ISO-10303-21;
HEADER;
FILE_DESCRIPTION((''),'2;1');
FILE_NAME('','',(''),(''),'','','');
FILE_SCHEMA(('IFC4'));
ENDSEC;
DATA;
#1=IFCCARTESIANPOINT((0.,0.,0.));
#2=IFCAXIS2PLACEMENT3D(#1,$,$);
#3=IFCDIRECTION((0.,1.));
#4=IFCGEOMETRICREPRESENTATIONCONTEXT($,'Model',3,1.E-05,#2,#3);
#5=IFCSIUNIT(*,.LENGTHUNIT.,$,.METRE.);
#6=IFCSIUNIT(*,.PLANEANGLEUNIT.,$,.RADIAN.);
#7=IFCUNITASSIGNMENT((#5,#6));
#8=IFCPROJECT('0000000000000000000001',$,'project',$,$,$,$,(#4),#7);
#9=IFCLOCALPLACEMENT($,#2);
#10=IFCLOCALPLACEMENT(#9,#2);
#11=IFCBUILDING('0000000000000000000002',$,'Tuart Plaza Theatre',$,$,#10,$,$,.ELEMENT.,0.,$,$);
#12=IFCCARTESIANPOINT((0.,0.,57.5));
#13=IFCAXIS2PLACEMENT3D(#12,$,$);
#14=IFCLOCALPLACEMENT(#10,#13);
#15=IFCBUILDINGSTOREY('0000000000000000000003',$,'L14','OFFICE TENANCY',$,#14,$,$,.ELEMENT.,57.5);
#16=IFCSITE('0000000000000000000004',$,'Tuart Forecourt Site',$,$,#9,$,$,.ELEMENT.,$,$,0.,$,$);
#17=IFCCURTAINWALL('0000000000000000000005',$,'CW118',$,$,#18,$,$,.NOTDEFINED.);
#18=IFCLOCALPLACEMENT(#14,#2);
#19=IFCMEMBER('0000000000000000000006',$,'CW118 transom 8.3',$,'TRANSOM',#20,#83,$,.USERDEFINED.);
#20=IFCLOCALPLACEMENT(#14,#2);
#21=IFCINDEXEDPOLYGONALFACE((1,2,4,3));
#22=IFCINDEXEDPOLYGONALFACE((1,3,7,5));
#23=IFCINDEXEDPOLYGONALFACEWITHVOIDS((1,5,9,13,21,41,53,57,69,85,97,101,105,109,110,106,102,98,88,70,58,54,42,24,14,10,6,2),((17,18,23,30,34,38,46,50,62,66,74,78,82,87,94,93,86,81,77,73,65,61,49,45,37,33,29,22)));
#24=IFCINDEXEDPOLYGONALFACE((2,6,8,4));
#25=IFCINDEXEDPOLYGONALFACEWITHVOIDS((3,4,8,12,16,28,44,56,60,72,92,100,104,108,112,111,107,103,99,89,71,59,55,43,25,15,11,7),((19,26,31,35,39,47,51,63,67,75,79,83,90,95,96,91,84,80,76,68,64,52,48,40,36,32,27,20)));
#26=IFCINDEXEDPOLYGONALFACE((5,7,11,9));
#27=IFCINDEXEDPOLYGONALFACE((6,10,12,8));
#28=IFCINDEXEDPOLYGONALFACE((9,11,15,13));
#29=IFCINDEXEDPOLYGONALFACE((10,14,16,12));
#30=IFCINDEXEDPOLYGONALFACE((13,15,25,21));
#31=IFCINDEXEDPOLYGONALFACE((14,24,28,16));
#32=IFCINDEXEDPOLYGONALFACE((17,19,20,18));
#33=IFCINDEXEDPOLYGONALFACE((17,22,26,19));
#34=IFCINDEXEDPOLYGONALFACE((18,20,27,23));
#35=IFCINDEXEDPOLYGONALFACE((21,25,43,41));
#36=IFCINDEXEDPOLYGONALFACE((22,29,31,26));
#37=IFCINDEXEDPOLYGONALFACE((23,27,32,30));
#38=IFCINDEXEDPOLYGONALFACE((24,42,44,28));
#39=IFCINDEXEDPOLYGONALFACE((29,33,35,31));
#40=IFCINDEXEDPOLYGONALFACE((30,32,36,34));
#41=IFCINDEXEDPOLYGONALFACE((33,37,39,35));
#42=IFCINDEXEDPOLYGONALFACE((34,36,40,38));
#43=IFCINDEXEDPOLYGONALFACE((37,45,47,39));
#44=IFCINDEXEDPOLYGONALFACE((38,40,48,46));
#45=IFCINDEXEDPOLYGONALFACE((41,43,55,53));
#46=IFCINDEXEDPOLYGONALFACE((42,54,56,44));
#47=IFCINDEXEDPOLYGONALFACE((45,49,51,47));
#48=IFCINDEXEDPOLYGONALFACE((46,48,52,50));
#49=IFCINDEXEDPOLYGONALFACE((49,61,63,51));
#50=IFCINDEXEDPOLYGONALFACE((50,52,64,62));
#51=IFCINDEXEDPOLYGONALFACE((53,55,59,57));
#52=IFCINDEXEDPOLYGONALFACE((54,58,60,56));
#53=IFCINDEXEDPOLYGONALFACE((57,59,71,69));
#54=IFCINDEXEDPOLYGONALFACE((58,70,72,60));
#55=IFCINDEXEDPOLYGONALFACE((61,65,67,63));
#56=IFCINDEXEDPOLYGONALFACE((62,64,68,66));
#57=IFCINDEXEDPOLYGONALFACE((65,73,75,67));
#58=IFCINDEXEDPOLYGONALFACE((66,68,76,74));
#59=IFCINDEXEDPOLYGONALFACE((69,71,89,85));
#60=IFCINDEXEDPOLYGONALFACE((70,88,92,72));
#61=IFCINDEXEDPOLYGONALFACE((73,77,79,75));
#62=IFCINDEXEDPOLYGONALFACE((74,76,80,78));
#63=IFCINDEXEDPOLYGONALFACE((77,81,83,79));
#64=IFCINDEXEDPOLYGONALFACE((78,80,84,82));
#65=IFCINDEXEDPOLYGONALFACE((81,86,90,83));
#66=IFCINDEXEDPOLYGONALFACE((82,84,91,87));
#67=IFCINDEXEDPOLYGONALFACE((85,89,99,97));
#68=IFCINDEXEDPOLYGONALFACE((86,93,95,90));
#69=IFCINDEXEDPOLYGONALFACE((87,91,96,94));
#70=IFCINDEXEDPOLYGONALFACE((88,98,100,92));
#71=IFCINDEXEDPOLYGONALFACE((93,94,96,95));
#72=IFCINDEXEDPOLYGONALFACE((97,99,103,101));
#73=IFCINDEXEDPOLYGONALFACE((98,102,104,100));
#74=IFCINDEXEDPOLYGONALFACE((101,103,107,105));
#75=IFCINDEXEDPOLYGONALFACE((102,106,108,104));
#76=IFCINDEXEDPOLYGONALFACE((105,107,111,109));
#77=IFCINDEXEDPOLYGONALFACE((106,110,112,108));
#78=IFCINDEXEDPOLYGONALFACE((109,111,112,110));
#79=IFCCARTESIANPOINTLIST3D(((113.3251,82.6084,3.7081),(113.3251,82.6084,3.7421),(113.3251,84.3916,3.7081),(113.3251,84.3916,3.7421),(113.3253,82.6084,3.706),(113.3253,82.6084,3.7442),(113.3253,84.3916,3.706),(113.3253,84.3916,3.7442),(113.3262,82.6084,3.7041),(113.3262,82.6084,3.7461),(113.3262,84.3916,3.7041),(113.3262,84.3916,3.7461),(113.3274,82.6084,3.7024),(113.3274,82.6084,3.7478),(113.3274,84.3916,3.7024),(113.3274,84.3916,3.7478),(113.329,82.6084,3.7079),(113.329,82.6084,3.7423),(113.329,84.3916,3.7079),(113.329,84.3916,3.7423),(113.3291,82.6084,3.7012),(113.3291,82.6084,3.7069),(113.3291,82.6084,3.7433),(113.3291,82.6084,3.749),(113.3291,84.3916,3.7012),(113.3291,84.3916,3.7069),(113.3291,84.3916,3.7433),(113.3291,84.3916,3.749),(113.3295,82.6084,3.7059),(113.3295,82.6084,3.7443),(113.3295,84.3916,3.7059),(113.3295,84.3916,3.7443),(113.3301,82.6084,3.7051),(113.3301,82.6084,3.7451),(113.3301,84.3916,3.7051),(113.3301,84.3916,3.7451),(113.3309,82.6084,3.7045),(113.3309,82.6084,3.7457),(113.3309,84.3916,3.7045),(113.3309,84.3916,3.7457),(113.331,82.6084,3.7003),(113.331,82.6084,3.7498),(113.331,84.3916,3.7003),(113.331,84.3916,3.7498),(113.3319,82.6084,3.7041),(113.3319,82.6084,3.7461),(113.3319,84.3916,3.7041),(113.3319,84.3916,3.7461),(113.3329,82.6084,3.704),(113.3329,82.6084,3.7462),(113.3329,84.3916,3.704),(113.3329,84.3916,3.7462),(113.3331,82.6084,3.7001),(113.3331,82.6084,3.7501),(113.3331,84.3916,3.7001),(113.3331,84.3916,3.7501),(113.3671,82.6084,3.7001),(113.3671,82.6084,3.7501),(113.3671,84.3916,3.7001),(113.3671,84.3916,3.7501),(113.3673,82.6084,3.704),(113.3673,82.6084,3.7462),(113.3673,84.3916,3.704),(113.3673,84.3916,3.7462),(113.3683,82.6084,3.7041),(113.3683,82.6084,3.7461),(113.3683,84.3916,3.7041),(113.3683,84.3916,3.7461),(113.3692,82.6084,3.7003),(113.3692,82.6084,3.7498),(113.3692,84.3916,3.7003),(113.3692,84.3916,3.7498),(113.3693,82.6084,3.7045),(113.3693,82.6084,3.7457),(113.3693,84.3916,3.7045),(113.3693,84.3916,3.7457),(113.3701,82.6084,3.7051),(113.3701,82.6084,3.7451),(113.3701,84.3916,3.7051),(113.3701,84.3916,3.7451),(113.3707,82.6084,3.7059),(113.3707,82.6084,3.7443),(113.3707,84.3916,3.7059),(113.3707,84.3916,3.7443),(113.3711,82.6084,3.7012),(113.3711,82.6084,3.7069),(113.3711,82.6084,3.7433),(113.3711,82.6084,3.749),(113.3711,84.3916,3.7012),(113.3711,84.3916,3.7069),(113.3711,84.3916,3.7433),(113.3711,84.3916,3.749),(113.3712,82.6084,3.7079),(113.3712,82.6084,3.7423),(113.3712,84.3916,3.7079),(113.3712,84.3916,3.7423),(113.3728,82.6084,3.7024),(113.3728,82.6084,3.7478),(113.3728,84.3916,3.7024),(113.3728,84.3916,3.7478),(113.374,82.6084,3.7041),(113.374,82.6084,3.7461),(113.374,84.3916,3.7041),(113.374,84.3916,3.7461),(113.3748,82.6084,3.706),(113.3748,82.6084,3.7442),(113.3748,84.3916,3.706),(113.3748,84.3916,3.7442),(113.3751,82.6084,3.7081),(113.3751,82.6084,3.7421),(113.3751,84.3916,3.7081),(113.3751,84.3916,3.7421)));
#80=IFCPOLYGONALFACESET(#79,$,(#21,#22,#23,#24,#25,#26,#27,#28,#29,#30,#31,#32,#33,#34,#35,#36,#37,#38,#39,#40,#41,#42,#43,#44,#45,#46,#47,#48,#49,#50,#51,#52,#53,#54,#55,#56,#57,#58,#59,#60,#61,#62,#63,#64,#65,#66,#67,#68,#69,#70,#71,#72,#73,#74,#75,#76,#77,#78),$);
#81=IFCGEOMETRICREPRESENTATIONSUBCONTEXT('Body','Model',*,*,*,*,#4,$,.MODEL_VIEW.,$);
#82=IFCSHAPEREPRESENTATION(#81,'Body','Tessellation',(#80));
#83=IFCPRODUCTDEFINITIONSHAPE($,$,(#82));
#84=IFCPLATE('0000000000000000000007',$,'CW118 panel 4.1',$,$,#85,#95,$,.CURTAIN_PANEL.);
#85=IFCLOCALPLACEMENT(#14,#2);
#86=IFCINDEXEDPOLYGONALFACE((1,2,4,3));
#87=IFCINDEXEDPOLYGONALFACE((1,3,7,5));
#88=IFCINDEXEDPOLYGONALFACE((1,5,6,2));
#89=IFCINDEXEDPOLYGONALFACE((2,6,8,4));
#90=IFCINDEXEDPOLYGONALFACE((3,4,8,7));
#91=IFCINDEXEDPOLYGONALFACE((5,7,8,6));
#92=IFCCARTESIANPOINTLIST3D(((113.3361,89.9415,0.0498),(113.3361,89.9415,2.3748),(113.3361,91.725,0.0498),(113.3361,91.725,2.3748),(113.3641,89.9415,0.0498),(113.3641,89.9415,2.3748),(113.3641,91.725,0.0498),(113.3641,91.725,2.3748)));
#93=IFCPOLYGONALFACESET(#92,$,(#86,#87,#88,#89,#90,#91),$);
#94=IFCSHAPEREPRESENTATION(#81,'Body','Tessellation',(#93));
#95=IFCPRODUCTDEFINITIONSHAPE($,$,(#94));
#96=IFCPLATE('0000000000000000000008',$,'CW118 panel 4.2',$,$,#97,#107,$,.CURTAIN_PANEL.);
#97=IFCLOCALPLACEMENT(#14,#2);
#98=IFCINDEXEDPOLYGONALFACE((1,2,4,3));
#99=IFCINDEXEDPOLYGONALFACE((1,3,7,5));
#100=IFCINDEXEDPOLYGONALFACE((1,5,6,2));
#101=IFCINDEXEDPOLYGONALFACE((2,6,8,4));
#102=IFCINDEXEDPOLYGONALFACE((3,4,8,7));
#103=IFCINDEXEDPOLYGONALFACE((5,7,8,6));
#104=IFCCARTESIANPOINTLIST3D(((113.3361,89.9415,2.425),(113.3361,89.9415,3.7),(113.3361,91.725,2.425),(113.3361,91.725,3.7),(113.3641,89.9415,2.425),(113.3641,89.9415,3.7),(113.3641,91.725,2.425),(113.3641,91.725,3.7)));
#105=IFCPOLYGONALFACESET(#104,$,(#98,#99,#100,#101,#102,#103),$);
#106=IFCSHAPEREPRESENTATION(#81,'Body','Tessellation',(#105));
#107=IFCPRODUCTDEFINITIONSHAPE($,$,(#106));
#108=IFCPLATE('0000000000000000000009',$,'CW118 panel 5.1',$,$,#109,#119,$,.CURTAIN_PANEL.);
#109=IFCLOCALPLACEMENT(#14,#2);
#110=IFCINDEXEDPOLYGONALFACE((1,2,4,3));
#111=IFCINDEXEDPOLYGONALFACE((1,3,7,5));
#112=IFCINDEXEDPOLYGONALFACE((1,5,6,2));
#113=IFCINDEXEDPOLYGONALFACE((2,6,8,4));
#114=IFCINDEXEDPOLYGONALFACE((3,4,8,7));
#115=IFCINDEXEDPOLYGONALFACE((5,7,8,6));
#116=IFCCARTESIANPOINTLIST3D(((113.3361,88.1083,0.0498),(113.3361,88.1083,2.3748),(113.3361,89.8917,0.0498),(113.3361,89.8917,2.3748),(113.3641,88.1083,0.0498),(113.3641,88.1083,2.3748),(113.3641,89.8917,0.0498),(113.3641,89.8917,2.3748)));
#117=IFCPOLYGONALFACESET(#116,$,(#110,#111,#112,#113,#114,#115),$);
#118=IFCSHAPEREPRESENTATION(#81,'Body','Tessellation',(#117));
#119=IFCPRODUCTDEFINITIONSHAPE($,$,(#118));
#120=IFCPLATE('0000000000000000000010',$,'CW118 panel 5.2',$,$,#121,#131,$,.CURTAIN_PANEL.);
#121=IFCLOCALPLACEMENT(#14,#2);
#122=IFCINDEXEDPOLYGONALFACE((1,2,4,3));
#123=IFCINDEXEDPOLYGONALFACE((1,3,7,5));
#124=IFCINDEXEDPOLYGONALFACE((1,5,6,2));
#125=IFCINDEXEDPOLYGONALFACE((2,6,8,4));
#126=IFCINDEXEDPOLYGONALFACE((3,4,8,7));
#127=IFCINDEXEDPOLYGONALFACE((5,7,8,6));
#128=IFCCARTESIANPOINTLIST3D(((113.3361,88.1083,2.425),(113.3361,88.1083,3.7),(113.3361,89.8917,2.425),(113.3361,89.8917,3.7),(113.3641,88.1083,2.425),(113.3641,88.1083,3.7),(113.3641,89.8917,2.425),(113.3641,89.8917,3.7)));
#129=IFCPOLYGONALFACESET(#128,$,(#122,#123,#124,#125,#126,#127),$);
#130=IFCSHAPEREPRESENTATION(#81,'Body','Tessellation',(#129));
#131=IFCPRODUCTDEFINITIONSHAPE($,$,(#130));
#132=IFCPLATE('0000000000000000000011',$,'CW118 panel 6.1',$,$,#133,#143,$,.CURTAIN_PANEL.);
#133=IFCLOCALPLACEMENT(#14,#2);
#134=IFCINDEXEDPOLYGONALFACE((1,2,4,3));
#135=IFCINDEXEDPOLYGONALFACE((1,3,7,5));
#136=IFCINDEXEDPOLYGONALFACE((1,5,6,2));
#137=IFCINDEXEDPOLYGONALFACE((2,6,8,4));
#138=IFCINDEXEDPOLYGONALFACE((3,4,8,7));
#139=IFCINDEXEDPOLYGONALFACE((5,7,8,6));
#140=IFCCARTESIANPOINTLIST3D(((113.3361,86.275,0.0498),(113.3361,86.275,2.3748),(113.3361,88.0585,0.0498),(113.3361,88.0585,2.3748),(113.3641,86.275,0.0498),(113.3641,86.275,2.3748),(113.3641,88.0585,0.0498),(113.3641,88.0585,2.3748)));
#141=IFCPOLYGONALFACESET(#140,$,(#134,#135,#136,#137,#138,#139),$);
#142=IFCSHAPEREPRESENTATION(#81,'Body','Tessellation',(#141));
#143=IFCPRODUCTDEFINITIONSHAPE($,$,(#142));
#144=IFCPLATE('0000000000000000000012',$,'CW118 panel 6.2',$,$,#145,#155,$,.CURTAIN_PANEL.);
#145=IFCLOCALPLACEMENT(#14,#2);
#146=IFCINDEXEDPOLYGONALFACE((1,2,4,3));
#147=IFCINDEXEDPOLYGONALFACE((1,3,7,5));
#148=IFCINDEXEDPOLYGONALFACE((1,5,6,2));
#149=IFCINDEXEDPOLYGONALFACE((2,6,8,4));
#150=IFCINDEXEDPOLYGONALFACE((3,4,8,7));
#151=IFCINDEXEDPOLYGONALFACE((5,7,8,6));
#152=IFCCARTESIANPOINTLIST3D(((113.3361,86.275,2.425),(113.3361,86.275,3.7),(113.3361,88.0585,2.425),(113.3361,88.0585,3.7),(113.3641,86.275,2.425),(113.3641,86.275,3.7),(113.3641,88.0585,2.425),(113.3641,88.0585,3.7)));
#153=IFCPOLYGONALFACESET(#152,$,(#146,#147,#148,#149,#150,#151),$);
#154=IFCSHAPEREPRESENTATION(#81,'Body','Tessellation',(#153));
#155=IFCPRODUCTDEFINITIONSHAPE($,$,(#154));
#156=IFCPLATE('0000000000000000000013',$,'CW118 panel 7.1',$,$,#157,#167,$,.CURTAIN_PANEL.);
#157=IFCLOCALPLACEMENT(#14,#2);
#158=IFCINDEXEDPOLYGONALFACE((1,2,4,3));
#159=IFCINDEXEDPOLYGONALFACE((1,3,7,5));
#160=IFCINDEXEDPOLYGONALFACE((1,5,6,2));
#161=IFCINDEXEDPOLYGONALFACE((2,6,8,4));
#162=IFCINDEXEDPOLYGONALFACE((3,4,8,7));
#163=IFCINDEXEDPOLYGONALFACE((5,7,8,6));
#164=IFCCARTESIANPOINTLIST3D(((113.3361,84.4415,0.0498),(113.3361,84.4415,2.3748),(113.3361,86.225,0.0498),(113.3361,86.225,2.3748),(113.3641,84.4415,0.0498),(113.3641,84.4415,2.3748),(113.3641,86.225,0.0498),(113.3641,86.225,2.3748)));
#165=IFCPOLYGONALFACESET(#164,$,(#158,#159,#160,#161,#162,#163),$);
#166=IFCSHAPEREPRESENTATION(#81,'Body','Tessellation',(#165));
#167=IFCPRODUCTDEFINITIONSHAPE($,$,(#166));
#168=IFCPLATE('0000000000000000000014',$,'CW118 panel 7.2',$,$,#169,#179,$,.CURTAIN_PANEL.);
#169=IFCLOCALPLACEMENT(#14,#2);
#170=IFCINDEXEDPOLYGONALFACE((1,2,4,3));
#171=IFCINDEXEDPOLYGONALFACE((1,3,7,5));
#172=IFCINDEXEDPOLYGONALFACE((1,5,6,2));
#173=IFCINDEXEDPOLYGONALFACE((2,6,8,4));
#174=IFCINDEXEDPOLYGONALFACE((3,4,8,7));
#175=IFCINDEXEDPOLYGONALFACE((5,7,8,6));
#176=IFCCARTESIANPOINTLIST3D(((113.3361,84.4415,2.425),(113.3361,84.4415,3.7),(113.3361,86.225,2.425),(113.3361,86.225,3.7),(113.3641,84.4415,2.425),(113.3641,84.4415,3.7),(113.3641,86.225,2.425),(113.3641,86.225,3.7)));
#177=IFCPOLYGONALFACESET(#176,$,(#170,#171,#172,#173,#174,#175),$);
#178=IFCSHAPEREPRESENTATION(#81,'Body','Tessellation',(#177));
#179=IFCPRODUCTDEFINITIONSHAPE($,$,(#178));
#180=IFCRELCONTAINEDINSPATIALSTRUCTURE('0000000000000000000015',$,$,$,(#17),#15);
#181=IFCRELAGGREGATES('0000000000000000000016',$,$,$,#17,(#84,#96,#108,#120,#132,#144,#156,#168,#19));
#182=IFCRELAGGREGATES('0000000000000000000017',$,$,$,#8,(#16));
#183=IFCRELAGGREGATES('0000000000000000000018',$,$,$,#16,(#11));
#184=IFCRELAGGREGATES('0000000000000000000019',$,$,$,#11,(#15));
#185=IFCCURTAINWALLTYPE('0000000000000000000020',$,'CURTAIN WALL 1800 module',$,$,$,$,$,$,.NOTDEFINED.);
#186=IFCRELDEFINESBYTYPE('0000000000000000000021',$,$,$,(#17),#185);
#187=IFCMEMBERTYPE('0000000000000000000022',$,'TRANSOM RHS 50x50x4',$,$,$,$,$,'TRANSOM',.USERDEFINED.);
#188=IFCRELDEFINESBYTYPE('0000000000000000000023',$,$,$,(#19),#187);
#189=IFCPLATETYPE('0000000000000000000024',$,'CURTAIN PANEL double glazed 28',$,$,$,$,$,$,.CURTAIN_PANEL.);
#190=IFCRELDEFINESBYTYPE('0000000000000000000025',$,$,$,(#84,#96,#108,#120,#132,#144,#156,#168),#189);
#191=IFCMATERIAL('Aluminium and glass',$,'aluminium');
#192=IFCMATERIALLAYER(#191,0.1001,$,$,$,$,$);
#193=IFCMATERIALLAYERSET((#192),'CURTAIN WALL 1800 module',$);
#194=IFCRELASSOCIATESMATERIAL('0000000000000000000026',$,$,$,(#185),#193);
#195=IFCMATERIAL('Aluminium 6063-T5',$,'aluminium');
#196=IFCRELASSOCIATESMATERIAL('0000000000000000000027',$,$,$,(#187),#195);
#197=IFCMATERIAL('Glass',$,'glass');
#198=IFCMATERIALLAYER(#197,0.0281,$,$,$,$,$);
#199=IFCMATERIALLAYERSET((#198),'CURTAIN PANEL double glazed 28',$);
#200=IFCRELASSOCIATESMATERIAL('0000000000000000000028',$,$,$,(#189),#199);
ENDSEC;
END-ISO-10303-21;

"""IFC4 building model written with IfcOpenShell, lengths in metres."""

from ifc_helpers import new_model, si_unit, direction, frame, origin, origin_2d, place, context, subcontext, project, spatial, rectangle, hollow_rectangle, extrude, material, layer, layer_set, material_profile, profile_set, type_object, element, aggregate, save


model = new_model("IFC4")

# Units and contexts
model_context = context("Model", 3, precision=1e-05, world=origin(), true_north=direction((0.0, 1.0)))
body_context = subcontext(model_context, "Body", "Model", "MODEL_VIEW")
ifc_project = project(units=[si_unit("LENGTHUNIT", "METRE"), si_unit("PLANEANGLEUNIT", "RADIAN")], contexts=[model_context])

# Site, building, storey
site_placement = place(None, origin())
site = spatial("IfcSite", under=ifc_project, at=site_placement, Name="Tuart Forecourt Site", CompositionType="ELEMENT", RefElevation=0.0)
building_placement = place(site_placement, origin())
building = spatial("IfcBuilding", under=site, at=building_placement, Name="Tuart Plaza Theatre", CompositionType="ELEMENT", ElevationOfRefHeight=0.0)
storey_placement = place(building_placement, frame((0.0, 0.0, 57.5)))
storey = spatial("IfcBuildingStorey", under=building, at=storey_placement, Name="L14", Description="OFFICE TENANCY", CompositionType="ELEMENT", Elevation=57.5)

# Curtain wall, member, plates
ifc_material_1 = material(Name="Aluminium and glass", Category="aluminium")
ifc_layer_1 = layer(ifc_material_1, 0.1001)
ifc_layer_set_1 = layer_set([ifc_layer_1], Name="CURTAIN WALL 1800 module")
curtain_wall_type = type_object("IfcCurtainWallType", Name="CURTAIN WALL 1800 module", PredefinedType="NOTDEFINED", material=ifc_layer_set_1)
curtain_wall_placement = place(storey_placement, origin())
curtain_wall = element("IfcCurtainWall", 1, at=curtain_wall_placement, inside=storey, type_object=curtain_wall_type, Name="CW118", PredefinedType="NOTDEFINED")
ifc_material_2 = material(Name="Aluminium 6063-T5", Category="aluminium")
ifc_material_profile = material_profile(ifc_material_2, hollow_rectangle(XDim=0.05, YDim=0.05, WallThickness=0.0039, InnerFilletRadius=0.0039, OuterFilletRadius=0.0081, at=origin_2d()), Name="RHS 50x50x4")
ifc_profile_set = profile_set([ifc_material_profile], Name="Aluminium 6063-T5")
member_type = type_object("IfcMemberType", Name="TRANSOM RHS 50x50x4", ElementType="TRANSOM", PredefinedType="USERDEFINED", material=ifc_profile_set)
member_1_placement = place(storey_placement, frame((113.3501, 84.3916, 3.7251), z_axis=(0.0, -1.0, 0.0), x_axis=(1.0, 0.0, 0.0)))
member_1 = element("IfcMember", 2, at=member_1_placement, type_object=member_type, Name="CW118 transom 8.3", ObjectType="TRANSOM", PredefinedType="USERDEFINED", context=body_context, shape_type="SweptSolid", body=[
    extrude(hollow_rectangle(XDim=0.05, YDim=0.05, WallThickness=0.0039, InnerFilletRadius=0.0039, OuterFilletRadius=0.0081, at=origin_2d()), origin(), (0.0, 0.0, 1.0), 1.7832),
])
ifc_material_3 = material(Name="Glass", Category="glass")
ifc_layer_2 = layer(ifc_material_3, 0.0281)
ifc_layer_set_2 = layer_set([ifc_layer_2], Name="CURTAIN PANEL double glazed 28")
plate_type = type_object("IfcPlateType", Name="CURTAIN PANEL double glazed 28", PredefinedType="CURTAIN_PANEL", material=ifc_layer_set_2)
plate_1_placement = place(storey_placement, frame((113.3501, 90.8333, 0.0498), z_axis=(0.0, 0.0, 1.0), x_axis=(0.0, -1.0, 0.0)))
plate_1 = element("IfcPlate", 3, at=plate_1_placement, type_object=plate_type, Name="CW118 panel 4.1", PredefinedType="CURTAIN_PANEL", context=body_context, shape_type="SweptSolid", body=[
    extrude(rectangle(XDim=1.7834, YDim=0.0281, at=origin_2d()), origin(), (0.0, 0.0, 1.0), 2.325),
])
plate_2_placement = place(storey_placement, frame((113.3501, 90.8333, 2.425), z_axis=(0.0, 0.0, 1.0), x_axis=(0.0, -1.0, 0.0)))
plate_2 = element("IfcPlate", 4, at=plate_2_placement, type_object=plate_type, Name="CW118 panel 4.2", PredefinedType="CURTAIN_PANEL", context=body_context, shape_type="SweptSolid", body=[
    extrude(rectangle(XDim=1.7834, YDim=0.0281, at=origin_2d()), origin(), (0.0, 0.0, 1.0), 1.2749),
])
plate_3_placement = place(storey_placement, frame((113.3501, 89.0, 0.0498), z_axis=(0.0, 0.0, 1.0), x_axis=(0.0, -1.0, 0.0)))
plate_3 = element("IfcPlate", 5, at=plate_3_placement, type_object=plate_type, Name="CW118 panel 5.1", PredefinedType="CURTAIN_PANEL", context=body_context, shape_type="SweptSolid", body=[
    extrude(rectangle(XDim=1.7834, YDim=0.0281, at=origin_2d()), origin(), (0.0, 0.0, 1.0), 2.325),
])
plate_4_placement = place(storey_placement, frame((113.3501, 89.0, 2.425), z_axis=(0.0, 0.0, 1.0), x_axis=(0.0, -1.0, 0.0)))
plate_4 = element("IfcPlate", 6, at=plate_4_placement, type_object=plate_type, Name="CW118 panel 5.2", PredefinedType="CURTAIN_PANEL", context=body_context, shape_type="SweptSolid", body=[
    extrude(rectangle(XDim=1.7834, YDim=0.0281, at=origin_2d()), origin(), (0.0, 0.0, 1.0), 1.2749),
])
plate_5_placement = place(storey_placement, frame((113.3501, 87.1667, 0.0498), z_axis=(0.0, 0.0, 1.0), x_axis=(0.0, -1.0, 0.0)))
plate_5 = element("IfcPlate", 7, at=plate_5_placement, type_object=plate_type, Name="CW118 panel 6.1", PredefinedType="CURTAIN_PANEL", context=body_context, shape_type="SweptSolid", body=[
    extrude(rectangle(XDim=1.7834, YDim=0.0281, at=origin_2d()), origin(), (0.0, 0.0, 1.0), 2.325),
])
plate_6_placement = place(storey_placement, frame((113.3501, 87.1667, 2.425), z_axis=(0.0, 0.0, 1.0), x_axis=(0.0, -1.0, 0.0)))
plate_6 = element("IfcPlate", 8, at=plate_6_placement, type_object=plate_type, Name="CW118 panel 6.2", PredefinedType="CURTAIN_PANEL", context=body_context, shape_type="SweptSolid", body=[
    extrude(rectangle(XDim=1.7834, YDim=0.0281, at=origin_2d()), origin(), (0.0, 0.0, 1.0), 1.2749),
])
plate_7_placement = place(storey_placement, frame((113.3501, 85.3333, 0.0498), z_axis=(0.0, 0.0, 1.0), x_axis=(0.0, -1.0, 0.0)))
plate_7 = element("IfcPlate", 9, at=plate_7_placement, type_object=plate_type, Name="CW118 panel 7.1", PredefinedType="CURTAIN_PANEL", context=body_context, shape_type="SweptSolid", body=[
    extrude(rectangle(XDim=1.7834, YDim=0.0281, at=origin_2d()), origin(), (0.0, 0.0, 1.0), 2.325),
])
plate_8_placement = place(storey_placement, frame((113.3501, 85.3333, 2.425), z_axis=(0.0, 0.0, 1.0), x_axis=(0.0, -1.0, 0.0)))
plate_8 = element("IfcPlate", 10, at=plate_8_placement, type_object=plate_type, Name="CW118 panel 7.2", PredefinedType="CURTAIN_PANEL", context=body_context, shape_type="SweptSolid", body=[
    extrude(rectangle(XDim=1.7834, YDim=0.0281, at=origin_2d()), origin(), (0.0, 0.0, 1.0), 1.2749),
])
aggregate(curtain_wall, [plate_1, plate_2, plate_3, plate_4, plate_5, plate_6, plate_7, plate_8, member_1])

save(model, "model.ifc")
